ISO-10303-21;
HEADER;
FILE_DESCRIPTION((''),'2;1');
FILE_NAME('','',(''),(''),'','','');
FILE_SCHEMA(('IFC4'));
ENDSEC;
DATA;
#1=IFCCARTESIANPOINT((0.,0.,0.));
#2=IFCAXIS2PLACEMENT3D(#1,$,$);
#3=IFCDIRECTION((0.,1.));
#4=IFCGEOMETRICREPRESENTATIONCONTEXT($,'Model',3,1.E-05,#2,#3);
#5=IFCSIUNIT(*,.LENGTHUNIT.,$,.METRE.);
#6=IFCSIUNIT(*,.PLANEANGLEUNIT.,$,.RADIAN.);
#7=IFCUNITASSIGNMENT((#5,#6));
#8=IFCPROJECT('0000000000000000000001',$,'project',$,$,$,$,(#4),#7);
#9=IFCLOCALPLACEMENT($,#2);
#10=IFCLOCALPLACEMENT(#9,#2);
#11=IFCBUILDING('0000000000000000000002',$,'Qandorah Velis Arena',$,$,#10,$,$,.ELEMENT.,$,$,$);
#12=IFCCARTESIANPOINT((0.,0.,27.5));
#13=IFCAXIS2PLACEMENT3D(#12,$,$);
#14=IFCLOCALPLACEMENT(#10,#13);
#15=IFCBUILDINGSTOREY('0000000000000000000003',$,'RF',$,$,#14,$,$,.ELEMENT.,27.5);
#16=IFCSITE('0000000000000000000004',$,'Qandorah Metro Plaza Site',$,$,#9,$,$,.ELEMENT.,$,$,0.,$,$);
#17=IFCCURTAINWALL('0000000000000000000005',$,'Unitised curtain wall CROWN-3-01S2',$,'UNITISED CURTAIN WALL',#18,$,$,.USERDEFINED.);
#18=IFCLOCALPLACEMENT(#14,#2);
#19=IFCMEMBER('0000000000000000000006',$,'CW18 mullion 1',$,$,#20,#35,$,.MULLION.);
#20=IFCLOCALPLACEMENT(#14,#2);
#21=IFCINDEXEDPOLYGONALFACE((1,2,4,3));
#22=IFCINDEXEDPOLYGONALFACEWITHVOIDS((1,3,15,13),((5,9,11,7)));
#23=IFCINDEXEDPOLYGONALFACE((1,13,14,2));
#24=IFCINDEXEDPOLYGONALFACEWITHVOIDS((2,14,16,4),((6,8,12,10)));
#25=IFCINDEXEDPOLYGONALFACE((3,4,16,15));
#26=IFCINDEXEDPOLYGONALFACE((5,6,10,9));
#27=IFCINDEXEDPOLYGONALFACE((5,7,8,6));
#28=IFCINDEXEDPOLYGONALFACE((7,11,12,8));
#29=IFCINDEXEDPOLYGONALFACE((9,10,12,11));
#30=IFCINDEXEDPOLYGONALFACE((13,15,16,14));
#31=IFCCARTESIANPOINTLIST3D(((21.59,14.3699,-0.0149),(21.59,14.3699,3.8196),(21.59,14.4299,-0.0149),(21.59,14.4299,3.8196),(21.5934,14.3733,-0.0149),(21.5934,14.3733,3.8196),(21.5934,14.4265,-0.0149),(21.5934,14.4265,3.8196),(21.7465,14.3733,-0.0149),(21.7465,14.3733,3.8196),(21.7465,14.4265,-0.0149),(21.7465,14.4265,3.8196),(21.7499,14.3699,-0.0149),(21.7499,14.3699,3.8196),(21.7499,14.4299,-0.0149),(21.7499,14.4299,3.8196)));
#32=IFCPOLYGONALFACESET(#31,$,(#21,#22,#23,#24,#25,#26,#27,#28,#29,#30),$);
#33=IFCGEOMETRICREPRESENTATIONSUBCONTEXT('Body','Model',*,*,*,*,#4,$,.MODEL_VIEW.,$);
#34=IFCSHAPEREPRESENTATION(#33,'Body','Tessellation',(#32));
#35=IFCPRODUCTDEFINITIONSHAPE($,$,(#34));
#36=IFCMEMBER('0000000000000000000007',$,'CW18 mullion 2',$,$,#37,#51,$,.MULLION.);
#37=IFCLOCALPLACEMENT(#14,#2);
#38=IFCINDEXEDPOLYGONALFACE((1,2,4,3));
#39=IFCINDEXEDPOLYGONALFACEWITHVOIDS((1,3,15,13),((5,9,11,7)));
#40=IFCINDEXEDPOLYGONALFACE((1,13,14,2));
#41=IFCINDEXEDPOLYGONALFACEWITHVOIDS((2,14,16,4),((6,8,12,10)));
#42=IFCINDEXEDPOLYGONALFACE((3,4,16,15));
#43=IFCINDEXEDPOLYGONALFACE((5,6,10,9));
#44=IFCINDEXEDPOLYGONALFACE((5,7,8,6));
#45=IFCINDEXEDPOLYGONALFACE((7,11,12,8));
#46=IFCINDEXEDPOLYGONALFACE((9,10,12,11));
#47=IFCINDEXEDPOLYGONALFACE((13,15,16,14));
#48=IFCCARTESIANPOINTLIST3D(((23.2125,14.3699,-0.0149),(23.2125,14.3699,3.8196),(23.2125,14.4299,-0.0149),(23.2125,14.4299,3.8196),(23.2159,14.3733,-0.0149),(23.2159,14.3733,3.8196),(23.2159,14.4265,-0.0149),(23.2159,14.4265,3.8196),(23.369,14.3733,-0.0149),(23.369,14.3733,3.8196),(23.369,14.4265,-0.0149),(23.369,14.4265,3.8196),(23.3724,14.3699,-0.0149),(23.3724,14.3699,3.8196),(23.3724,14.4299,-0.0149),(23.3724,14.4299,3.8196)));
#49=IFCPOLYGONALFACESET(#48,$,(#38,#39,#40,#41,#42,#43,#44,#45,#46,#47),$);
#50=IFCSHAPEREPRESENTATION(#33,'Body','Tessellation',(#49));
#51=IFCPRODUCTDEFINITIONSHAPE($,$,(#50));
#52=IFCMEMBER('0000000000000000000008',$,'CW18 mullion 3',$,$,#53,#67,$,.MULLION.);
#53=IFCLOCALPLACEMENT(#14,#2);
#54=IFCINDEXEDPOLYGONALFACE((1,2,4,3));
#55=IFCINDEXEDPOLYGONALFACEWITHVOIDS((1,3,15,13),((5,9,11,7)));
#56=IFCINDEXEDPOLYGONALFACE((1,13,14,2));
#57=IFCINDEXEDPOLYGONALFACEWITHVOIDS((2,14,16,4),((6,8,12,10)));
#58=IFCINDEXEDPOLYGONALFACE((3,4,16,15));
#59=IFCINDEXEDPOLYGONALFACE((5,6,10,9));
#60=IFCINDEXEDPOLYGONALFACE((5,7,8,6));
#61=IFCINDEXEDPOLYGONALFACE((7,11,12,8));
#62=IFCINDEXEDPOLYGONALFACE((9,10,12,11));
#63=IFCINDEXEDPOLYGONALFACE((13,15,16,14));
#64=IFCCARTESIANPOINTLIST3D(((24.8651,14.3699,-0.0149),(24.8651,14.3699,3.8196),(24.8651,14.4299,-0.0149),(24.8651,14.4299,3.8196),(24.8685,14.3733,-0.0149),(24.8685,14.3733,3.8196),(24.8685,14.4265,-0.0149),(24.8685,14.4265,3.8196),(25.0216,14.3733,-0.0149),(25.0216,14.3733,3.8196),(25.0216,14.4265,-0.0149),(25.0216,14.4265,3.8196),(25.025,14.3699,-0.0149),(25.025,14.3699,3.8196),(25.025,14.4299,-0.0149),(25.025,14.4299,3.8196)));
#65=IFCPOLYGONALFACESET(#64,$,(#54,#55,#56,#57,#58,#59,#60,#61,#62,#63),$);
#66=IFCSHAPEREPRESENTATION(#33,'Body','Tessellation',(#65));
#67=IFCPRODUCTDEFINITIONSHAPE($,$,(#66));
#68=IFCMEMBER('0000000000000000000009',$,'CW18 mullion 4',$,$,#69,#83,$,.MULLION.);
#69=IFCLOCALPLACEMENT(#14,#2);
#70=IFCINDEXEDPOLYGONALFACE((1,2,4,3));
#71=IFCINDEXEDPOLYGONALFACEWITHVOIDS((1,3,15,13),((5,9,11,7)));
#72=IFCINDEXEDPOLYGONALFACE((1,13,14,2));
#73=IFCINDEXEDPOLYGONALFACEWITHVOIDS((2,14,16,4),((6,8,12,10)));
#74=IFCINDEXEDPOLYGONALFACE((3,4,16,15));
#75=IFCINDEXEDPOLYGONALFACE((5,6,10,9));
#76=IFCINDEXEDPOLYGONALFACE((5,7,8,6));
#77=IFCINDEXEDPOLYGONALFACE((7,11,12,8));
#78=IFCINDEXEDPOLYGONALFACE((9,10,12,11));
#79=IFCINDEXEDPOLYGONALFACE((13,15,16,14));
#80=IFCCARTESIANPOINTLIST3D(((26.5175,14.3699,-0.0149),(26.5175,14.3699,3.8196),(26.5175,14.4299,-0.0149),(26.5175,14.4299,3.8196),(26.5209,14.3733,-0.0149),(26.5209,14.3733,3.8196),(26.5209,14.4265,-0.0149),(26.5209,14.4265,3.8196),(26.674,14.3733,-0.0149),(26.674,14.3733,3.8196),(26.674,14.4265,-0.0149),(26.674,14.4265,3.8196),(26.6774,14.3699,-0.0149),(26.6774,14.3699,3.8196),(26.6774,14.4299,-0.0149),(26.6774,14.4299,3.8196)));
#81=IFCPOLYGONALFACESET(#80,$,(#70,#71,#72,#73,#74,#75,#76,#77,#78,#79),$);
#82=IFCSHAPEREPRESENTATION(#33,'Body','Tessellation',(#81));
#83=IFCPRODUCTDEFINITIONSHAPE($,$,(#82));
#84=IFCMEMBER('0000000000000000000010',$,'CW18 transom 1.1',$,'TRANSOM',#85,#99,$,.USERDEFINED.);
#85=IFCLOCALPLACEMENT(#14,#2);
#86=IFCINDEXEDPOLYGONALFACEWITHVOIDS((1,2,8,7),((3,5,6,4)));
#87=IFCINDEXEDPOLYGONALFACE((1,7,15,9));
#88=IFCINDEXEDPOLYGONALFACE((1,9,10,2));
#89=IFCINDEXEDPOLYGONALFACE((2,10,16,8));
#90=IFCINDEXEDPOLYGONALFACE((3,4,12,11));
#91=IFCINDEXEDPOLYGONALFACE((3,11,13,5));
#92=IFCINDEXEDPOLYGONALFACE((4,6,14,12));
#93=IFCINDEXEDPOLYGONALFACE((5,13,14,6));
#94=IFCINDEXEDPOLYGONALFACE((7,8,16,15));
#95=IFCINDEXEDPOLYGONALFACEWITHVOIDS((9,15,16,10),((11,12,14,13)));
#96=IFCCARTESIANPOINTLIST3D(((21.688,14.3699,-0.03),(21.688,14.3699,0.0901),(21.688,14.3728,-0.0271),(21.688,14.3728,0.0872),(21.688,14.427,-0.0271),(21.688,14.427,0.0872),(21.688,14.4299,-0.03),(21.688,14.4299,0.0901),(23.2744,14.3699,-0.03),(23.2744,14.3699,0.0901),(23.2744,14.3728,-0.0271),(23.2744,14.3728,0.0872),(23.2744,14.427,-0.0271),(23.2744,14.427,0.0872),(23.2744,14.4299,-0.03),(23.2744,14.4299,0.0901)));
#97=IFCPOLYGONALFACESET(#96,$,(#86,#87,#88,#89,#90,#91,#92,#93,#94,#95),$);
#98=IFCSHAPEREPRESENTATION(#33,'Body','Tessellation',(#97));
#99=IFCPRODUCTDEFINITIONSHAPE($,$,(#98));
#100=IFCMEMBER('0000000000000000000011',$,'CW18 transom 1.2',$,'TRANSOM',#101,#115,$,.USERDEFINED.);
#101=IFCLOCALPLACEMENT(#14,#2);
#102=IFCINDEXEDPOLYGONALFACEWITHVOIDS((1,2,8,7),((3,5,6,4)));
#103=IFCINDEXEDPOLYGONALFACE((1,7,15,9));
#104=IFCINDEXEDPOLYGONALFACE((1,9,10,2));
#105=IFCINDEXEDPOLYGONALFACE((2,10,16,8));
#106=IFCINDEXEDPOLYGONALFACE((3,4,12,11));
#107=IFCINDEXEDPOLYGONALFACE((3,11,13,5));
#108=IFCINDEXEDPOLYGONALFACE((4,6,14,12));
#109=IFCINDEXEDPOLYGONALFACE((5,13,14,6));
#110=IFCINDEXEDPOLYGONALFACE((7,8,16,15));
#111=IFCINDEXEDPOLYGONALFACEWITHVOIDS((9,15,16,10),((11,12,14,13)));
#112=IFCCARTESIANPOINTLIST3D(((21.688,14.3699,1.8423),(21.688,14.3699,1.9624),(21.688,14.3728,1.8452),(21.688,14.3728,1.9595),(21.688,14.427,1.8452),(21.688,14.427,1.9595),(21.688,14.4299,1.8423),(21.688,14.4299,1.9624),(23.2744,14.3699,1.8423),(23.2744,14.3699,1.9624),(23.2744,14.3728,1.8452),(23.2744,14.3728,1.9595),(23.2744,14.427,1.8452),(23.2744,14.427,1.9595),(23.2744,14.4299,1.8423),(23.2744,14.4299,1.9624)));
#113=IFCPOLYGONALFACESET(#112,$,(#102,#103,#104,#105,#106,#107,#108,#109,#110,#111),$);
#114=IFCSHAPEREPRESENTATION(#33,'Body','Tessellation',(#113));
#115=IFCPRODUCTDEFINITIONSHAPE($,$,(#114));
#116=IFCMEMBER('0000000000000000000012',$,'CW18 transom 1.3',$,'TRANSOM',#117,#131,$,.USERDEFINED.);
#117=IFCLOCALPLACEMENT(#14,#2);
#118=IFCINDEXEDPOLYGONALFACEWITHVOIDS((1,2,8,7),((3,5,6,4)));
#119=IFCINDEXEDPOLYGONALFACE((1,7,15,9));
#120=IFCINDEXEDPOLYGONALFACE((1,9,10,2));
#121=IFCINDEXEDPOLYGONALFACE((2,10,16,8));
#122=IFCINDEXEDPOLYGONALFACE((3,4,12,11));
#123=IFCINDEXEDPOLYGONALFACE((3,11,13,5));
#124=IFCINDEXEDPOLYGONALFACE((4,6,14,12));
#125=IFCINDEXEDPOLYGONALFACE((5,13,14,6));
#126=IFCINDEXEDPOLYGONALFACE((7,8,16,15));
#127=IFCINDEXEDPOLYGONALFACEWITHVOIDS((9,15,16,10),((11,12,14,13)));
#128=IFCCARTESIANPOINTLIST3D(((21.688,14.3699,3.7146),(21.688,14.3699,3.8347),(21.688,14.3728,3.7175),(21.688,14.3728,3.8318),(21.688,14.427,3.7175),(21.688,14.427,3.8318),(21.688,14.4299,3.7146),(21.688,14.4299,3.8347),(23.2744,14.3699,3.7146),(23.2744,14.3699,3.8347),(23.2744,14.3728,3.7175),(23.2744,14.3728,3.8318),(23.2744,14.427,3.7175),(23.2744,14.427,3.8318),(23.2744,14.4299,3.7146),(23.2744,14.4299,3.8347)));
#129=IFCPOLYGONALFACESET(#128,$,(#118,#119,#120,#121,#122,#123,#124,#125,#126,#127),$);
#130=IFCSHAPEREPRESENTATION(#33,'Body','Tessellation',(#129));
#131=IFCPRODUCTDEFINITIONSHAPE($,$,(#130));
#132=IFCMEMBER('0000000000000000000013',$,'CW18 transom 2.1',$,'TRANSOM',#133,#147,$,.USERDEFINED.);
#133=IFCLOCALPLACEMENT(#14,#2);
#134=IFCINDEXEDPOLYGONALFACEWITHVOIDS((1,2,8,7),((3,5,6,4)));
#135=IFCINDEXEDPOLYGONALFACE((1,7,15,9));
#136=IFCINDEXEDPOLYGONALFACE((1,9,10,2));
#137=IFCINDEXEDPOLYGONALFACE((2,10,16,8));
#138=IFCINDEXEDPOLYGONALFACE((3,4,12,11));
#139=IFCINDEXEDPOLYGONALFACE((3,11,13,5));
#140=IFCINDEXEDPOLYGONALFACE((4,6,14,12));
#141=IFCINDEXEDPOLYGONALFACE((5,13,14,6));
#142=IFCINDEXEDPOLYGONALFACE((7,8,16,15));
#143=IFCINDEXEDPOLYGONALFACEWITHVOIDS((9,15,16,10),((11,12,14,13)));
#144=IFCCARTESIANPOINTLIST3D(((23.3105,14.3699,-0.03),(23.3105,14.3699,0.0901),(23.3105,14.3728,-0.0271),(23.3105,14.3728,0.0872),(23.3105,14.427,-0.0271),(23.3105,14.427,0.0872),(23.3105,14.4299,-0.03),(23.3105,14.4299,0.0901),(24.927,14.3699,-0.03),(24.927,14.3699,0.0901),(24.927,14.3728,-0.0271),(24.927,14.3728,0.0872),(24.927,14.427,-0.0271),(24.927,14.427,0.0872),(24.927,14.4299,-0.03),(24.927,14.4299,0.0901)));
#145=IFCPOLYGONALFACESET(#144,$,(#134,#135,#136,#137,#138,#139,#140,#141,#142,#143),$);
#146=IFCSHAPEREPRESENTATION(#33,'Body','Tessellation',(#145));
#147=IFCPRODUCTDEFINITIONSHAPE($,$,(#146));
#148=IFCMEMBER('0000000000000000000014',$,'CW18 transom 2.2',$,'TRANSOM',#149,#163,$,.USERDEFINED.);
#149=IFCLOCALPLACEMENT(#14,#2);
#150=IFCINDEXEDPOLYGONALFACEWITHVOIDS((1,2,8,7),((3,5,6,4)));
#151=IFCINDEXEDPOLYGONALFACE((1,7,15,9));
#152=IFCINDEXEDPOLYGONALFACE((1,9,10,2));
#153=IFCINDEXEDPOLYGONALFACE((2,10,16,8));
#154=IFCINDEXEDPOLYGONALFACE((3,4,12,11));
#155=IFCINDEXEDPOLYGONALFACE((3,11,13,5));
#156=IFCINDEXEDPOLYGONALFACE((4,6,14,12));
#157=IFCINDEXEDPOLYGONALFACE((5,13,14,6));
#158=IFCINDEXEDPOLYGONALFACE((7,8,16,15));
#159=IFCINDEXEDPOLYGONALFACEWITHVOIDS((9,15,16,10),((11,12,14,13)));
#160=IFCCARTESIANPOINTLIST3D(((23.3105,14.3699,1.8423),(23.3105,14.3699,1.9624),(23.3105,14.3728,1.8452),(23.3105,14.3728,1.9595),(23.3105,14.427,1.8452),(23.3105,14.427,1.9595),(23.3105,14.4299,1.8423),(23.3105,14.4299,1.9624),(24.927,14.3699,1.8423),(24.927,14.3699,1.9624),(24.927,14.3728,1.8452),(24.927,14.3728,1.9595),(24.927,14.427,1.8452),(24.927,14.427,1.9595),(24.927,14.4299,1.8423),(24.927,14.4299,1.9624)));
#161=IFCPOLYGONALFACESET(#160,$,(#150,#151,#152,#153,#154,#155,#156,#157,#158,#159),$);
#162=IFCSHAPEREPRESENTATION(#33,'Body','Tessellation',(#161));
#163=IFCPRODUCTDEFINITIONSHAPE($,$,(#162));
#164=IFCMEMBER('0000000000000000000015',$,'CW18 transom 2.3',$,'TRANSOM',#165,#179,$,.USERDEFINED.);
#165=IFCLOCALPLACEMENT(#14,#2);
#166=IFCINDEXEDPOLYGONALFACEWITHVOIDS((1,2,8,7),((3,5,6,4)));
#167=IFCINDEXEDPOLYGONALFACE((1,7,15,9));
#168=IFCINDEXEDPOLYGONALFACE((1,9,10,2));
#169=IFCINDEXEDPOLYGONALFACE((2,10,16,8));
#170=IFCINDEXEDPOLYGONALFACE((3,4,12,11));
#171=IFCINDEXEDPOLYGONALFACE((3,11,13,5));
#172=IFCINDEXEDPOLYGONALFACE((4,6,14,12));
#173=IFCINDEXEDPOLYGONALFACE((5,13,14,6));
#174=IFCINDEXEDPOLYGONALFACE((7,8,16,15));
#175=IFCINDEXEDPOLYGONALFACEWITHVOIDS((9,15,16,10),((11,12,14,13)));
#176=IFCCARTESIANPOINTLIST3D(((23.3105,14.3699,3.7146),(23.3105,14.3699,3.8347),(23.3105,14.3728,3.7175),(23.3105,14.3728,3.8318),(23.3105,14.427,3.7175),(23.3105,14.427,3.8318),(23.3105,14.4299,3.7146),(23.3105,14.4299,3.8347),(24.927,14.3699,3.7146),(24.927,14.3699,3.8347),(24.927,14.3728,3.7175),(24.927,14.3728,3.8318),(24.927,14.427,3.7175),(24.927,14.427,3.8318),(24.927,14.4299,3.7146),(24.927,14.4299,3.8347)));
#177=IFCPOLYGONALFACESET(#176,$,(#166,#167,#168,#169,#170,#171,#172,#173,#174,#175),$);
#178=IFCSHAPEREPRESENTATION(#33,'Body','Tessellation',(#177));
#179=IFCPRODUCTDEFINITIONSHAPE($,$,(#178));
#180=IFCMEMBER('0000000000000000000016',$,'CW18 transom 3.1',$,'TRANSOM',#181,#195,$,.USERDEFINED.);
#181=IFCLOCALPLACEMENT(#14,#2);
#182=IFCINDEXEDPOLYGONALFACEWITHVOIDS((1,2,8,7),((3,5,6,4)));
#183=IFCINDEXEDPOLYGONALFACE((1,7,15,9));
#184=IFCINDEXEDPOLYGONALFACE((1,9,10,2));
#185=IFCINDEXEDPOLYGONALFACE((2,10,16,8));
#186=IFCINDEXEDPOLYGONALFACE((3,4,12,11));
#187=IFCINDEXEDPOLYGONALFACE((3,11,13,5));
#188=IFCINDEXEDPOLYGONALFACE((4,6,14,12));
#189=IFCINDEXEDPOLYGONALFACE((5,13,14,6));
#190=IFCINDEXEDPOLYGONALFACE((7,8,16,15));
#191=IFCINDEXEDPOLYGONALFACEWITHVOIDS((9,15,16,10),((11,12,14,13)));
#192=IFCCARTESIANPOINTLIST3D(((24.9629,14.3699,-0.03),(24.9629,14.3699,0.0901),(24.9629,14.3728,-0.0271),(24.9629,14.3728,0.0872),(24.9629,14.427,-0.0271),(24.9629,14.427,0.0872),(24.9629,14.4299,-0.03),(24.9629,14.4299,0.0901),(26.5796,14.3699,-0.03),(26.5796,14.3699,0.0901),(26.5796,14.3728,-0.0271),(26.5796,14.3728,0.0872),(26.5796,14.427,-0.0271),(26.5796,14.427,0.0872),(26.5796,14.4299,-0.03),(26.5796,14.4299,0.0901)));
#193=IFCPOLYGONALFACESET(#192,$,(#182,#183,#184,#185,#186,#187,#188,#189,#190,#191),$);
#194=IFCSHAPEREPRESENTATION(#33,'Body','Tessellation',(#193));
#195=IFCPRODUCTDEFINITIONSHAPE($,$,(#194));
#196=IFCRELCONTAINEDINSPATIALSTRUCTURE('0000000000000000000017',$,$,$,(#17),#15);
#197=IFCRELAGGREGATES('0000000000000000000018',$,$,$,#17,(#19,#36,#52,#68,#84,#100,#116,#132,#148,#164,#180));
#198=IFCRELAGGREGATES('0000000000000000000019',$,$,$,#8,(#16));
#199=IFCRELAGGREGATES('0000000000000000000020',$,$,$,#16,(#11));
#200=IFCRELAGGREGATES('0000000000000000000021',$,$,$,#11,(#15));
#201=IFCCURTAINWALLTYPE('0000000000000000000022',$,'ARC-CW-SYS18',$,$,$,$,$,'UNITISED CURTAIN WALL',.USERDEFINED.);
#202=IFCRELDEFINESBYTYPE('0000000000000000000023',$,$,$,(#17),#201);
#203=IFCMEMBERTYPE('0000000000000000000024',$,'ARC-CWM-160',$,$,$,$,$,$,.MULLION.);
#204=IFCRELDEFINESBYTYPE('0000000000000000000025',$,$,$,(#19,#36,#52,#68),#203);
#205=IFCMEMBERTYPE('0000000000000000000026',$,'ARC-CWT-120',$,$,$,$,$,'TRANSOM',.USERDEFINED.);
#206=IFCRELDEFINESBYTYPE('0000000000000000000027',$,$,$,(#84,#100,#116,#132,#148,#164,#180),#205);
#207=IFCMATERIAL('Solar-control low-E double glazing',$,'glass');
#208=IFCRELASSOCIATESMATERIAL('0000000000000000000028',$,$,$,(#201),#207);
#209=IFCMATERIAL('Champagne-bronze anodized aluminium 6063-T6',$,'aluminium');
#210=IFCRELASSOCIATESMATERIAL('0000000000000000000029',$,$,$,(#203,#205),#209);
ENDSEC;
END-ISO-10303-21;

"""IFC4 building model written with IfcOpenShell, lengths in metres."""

from ifc_helpers import new_model, si_unit, direction, frame, origin, origin_2d, place, context, subcontext, project, spatial, hollow_rectangle, extrude, material, material_profile, profile_set, type_object, element, aggregate, save


model = new_model("IFC4")

# Units and contexts
model_context = context("Model", 3, precision=1e-05, world=origin(), true_north=direction((0.0, 1.0)))
body_context = subcontext(model_context, "Body", "Model", "MODEL_VIEW")
ifc_project = project(units=[si_unit("LENGTHUNIT", "METRE"), si_unit("PLANEANGLEUNIT", "RADIAN")], contexts=[model_context])

# Site, building, storey
site_placement = place(None, origin())
site = spatial("IfcSite", under=ifc_project, at=site_placement, Name="Qandorah Metro Plaza Site", CompositionType="ELEMENT", RefElevation=0.0)
building_placement = place(site_placement, origin())
building = spatial("IfcBuilding", under=site, at=building_placement, Name="Qandorah Velis Arena", CompositionType="ELEMENT")
storey_placement = place(building_placement, frame((0.0, 0.0, 27.5)))
storey = spatial("IfcBuildingStorey", under=building, at=storey_placement, Name="RF", CompositionType="ELEMENT", Elevation=27.5)

# Curtain wall, members
ifc_material_1 = material(Name="Solar-control low-E double glazing", Category="glass")
curtain_wall_type = type_object("IfcCurtainWallType", Name="ARC-CW-SYS18", ElementType="UNITISED CURTAIN WALL", PredefinedType="USERDEFINED", material=ifc_material_1)
curtain_wall_placement = place(storey_placement, origin())
curtain_wall = element("IfcCurtainWall", 1, at=curtain_wall_placement, inside=storey, type_object=curtain_wall_type, Name="Unitised curtain wall CROWN-3-01S2", ObjectType="UNITISED CURTAIN WALL", PredefinedType="USERDEFINED")
ifc_material_2 = material(Name="Champagne-bronze anodized aluminium 6063-T6", Category="aluminium")
ifc_material_profile_1 = material_profile(ifc_material_2, hollow_rectangle(XDim=0.0601, YDim=0.1599, WallThickness=0.0034, at=origin_2d()), Name="ALU MULLION 60x160")
ifc_profile_set_1 = profile_set([ifc_material_profile_1], Name="Champagne-bronze anodized aluminium 6063-T6")
member_type_1 = type_object("IfcMemberType", Name="ARC-CWM-160", PredefinedType="MULLION", material=ifc_profile_set_1)
member_1_placement = place(storey_placement, frame((21.6699, 14.3999, -0.0149), z_axis=(0.0, 0.0, 1.0), x_axis=(0.0, 1.0, 0.0)))
member_1 = element("IfcMember", 2, at=member_1_placement, type_object=member_type_1, Name="CW18 mullion 1", PredefinedType="MULLION", context=body_context, shape_type="SweptSolid", body=[
    extrude(hollow_rectangle(XDim=0.0601, YDim=0.1599, WallThickness=0.0034, at=origin_2d()), origin(), (0.0, 0.0, 1.0), 3.8345),
])
member_2_placement = place(storey_placement, frame((23.2925, 14.3999, -0.0149), z_axis=(0.0, 0.0, 1.0), x_axis=(0.0, 1.0, 0.0)))
member_2 = element("IfcMember", 3, at=member_2_placement, type_object=member_type_1, Name="CW18 mullion 2", PredefinedType="MULLION", context=body_context, shape_type="SweptSolid", body=[
    extrude(hollow_rectangle(XDim=0.0601, YDim=0.1599, WallThickness=0.0034, at=origin_2d()), origin(), (0.0, 0.0, 1.0), 3.8345),
])
member_3_placement = place(storey_placement, frame((24.9451, 14.3999, -0.0149), z_axis=(0.0, 0.0, 1.0), x_axis=(0.0, 1.0, 0.0)))
member_3 = element("IfcMember", 4, at=member_3_placement, type_object=member_type_1, Name="CW18 mullion 3", PredefinedType="MULLION", context=body_context, shape_type="SweptSolid", body=[
    extrude(hollow_rectangle(XDim=0.0601, YDim=0.1599, WallThickness=0.0034, at=origin_2d()), origin(), (0.0, 0.0, 1.0), 3.8345),
])
member_4_placement = place(storey_placement, frame((26.5974, 14.3999, -0.0149), z_axis=(0.0, 0.0, 1.0), x_axis=(0.0, 1.0, 0.0)))
member_4 = element("IfcMember", 5, at=member_4_placement, type_object=member_type_1, Name="CW18 mullion 4", PredefinedType="MULLION", context=body_context, shape_type="SweptSolid", body=[
    extrude(hollow_rectangle(XDim=0.0601, YDim=0.1599, WallThickness=0.0034, at=origin_2d()), origin(), (0.0, 0.0, 1.0), 3.8345),
])
ifc_material_profile_2 = material_profile(ifc_material_2, hollow_rectangle(XDim=0.0601, YDim=0.1201, WallThickness=0.0029, at=origin_2d()), Name="ALU TRANSOM 60x120")
ifc_profile_set_2 = profile_set([ifc_material_profile_2], Name="Champagne-bronze anodized aluminium 6063-T6")
member_type_2 = type_object("IfcMemberType", Name="ARC-CWT-120", ElementType="TRANSOM", PredefinedType="USERDEFINED", material=ifc_profile_set_2)
member_5_placement = place(storey_placement, frame((21.688, 14.3999, 0.03), z_axis=(1.0, 0.0, 0.0), x_axis=(0.0, 1.0, 0.0)))
member_5 = element("IfcMember", 6, at=member_5_placement, type_object=member_type_2, Name="CW18 transom 1.1", ObjectType="TRANSOM", PredefinedType="USERDEFINED", context=body_context, shape_type="SweptSolid", body=[
    extrude(hollow_rectangle(XDim=0.0601, YDim=0.1201, WallThickness=0.0029, at=origin_2d()), origin(), (0.0, 0.0, 1.0), 1.5864),
])
member_6_placement = place(storey_placement, frame((21.688, 14.3999, 1.9023), z_axis=(1.0, 0.0, 0.0), x_axis=(0.0, 1.0, 0.0)))
member_6 = element("IfcMember", 7, at=member_6_placement, type_object=member_type_2, Name="CW18 transom 1.2", ObjectType="TRANSOM", PredefinedType="USERDEFINED", context=body_context, shape_type="SweptSolid", body=[
    extrude(hollow_rectangle(XDim=0.0601, YDim=0.1201, WallThickness=0.0029, at=origin_2d()), origin(), (0.0, 0.0, 1.0), 1.5864),
])
member_7_placement = place(storey_placement, frame((21.688, 14.3999, 3.7747), z_axis=(1.0, 0.0, 0.0), x_axis=(0.0, 1.0, 0.0)))
member_7 = element("IfcMember", 8, at=member_7_placement, type_object=member_type_2, Name="CW18 transom 1.3", ObjectType="TRANSOM", PredefinedType="USERDEFINED", context=body_context, shape_type="SweptSolid", body=[
    extrude(hollow_rectangle(XDim=0.0601, YDim=0.1201, WallThickness=0.0029, at=origin_2d()), origin(), (0.0, 0.0, 1.0), 1.5864),
])
member_8_placement = place(storey_placement, frame((23.3105, 14.3999, 0.03), z_axis=(1.0, 0.0, 0.0), x_axis=(0.0, 1.0, 0.0)))
member_8 = element("IfcMember", 9, at=member_8_placement, type_object=member_type_2, Name="CW18 transom 2.1", ObjectType="TRANSOM", PredefinedType="USERDEFINED", context=body_context, shape_type="SweptSolid", body=[
    extrude(hollow_rectangle(XDim=0.0601, YDim=0.1201, WallThickness=0.0029, at=origin_2d()), origin(), (0.0, 0.0, 1.0), 1.6165),
])
member_9_placement = place(storey_placement, frame((23.3105, 14.3999, 1.9023), z_axis=(1.0, 0.0, 0.0), x_axis=(0.0, 1.0, 0.0)))
member_9 = element("IfcMember", 10, at=member_9_placement, type_object=member_type_2, Name="CW18 transom 2.2", ObjectType="TRANSOM", PredefinedType="USERDEFINED", context=body_context, shape_type="SweptSolid", body=[
    extrude(hollow_rectangle(XDim=0.0601, YDim=0.1201, WallThickness=0.0029, at=origin_2d()), origin(), (0.0, 0.0, 1.0), 1.6165),
])
member_10_placement = place(storey_placement, frame((23.3105, 14.3999, 3.7747), z_axis=(1.0, 0.0, 0.0), x_axis=(0.0, 1.0, 0.0)))
member_10 = element("IfcMember", 11, at=member_10_placement, type_object=member_type_2, Name="CW18 transom 2.3", ObjectType="TRANSOM", PredefinedType="USERDEFINED", context=body_context, shape_type="SweptSolid", body=[
    extrude(hollow_rectangle(XDim=0.0601, YDim=0.1201, WallThickness=0.0029, at=origin_2d()), origin(), (0.0, 0.0, 1.0), 1.6165),
])
member_11_placement = place(storey_placement, frame((24.9629, 14.3999, 0.03), z_axis=(1.0, 0.0, 0.0), x_axis=(0.0, 1.0, 0.0)))
member_11 = element("IfcMember", 12, at=member_11_placement, type_object=member_type_2, Name="CW18 transom 3.1", ObjectType="TRANSOM", PredefinedType="USERDEFINED", context=body_context, shape_type="SweptSolid", body=[
    extrude(hollow_rectangle(XDim=0.0601, YDim=0.1201, WallThickness=0.0029, at=origin_2d()), origin(), (0.0, 0.0, 1.0), 1.6167),
])

aggregate(curtain_wall, [member_1, member_2, member_3, member_4, member_5, member_6, member_7, member_8, member_9, member_10, member_11])

save(model, "model.ifc")
